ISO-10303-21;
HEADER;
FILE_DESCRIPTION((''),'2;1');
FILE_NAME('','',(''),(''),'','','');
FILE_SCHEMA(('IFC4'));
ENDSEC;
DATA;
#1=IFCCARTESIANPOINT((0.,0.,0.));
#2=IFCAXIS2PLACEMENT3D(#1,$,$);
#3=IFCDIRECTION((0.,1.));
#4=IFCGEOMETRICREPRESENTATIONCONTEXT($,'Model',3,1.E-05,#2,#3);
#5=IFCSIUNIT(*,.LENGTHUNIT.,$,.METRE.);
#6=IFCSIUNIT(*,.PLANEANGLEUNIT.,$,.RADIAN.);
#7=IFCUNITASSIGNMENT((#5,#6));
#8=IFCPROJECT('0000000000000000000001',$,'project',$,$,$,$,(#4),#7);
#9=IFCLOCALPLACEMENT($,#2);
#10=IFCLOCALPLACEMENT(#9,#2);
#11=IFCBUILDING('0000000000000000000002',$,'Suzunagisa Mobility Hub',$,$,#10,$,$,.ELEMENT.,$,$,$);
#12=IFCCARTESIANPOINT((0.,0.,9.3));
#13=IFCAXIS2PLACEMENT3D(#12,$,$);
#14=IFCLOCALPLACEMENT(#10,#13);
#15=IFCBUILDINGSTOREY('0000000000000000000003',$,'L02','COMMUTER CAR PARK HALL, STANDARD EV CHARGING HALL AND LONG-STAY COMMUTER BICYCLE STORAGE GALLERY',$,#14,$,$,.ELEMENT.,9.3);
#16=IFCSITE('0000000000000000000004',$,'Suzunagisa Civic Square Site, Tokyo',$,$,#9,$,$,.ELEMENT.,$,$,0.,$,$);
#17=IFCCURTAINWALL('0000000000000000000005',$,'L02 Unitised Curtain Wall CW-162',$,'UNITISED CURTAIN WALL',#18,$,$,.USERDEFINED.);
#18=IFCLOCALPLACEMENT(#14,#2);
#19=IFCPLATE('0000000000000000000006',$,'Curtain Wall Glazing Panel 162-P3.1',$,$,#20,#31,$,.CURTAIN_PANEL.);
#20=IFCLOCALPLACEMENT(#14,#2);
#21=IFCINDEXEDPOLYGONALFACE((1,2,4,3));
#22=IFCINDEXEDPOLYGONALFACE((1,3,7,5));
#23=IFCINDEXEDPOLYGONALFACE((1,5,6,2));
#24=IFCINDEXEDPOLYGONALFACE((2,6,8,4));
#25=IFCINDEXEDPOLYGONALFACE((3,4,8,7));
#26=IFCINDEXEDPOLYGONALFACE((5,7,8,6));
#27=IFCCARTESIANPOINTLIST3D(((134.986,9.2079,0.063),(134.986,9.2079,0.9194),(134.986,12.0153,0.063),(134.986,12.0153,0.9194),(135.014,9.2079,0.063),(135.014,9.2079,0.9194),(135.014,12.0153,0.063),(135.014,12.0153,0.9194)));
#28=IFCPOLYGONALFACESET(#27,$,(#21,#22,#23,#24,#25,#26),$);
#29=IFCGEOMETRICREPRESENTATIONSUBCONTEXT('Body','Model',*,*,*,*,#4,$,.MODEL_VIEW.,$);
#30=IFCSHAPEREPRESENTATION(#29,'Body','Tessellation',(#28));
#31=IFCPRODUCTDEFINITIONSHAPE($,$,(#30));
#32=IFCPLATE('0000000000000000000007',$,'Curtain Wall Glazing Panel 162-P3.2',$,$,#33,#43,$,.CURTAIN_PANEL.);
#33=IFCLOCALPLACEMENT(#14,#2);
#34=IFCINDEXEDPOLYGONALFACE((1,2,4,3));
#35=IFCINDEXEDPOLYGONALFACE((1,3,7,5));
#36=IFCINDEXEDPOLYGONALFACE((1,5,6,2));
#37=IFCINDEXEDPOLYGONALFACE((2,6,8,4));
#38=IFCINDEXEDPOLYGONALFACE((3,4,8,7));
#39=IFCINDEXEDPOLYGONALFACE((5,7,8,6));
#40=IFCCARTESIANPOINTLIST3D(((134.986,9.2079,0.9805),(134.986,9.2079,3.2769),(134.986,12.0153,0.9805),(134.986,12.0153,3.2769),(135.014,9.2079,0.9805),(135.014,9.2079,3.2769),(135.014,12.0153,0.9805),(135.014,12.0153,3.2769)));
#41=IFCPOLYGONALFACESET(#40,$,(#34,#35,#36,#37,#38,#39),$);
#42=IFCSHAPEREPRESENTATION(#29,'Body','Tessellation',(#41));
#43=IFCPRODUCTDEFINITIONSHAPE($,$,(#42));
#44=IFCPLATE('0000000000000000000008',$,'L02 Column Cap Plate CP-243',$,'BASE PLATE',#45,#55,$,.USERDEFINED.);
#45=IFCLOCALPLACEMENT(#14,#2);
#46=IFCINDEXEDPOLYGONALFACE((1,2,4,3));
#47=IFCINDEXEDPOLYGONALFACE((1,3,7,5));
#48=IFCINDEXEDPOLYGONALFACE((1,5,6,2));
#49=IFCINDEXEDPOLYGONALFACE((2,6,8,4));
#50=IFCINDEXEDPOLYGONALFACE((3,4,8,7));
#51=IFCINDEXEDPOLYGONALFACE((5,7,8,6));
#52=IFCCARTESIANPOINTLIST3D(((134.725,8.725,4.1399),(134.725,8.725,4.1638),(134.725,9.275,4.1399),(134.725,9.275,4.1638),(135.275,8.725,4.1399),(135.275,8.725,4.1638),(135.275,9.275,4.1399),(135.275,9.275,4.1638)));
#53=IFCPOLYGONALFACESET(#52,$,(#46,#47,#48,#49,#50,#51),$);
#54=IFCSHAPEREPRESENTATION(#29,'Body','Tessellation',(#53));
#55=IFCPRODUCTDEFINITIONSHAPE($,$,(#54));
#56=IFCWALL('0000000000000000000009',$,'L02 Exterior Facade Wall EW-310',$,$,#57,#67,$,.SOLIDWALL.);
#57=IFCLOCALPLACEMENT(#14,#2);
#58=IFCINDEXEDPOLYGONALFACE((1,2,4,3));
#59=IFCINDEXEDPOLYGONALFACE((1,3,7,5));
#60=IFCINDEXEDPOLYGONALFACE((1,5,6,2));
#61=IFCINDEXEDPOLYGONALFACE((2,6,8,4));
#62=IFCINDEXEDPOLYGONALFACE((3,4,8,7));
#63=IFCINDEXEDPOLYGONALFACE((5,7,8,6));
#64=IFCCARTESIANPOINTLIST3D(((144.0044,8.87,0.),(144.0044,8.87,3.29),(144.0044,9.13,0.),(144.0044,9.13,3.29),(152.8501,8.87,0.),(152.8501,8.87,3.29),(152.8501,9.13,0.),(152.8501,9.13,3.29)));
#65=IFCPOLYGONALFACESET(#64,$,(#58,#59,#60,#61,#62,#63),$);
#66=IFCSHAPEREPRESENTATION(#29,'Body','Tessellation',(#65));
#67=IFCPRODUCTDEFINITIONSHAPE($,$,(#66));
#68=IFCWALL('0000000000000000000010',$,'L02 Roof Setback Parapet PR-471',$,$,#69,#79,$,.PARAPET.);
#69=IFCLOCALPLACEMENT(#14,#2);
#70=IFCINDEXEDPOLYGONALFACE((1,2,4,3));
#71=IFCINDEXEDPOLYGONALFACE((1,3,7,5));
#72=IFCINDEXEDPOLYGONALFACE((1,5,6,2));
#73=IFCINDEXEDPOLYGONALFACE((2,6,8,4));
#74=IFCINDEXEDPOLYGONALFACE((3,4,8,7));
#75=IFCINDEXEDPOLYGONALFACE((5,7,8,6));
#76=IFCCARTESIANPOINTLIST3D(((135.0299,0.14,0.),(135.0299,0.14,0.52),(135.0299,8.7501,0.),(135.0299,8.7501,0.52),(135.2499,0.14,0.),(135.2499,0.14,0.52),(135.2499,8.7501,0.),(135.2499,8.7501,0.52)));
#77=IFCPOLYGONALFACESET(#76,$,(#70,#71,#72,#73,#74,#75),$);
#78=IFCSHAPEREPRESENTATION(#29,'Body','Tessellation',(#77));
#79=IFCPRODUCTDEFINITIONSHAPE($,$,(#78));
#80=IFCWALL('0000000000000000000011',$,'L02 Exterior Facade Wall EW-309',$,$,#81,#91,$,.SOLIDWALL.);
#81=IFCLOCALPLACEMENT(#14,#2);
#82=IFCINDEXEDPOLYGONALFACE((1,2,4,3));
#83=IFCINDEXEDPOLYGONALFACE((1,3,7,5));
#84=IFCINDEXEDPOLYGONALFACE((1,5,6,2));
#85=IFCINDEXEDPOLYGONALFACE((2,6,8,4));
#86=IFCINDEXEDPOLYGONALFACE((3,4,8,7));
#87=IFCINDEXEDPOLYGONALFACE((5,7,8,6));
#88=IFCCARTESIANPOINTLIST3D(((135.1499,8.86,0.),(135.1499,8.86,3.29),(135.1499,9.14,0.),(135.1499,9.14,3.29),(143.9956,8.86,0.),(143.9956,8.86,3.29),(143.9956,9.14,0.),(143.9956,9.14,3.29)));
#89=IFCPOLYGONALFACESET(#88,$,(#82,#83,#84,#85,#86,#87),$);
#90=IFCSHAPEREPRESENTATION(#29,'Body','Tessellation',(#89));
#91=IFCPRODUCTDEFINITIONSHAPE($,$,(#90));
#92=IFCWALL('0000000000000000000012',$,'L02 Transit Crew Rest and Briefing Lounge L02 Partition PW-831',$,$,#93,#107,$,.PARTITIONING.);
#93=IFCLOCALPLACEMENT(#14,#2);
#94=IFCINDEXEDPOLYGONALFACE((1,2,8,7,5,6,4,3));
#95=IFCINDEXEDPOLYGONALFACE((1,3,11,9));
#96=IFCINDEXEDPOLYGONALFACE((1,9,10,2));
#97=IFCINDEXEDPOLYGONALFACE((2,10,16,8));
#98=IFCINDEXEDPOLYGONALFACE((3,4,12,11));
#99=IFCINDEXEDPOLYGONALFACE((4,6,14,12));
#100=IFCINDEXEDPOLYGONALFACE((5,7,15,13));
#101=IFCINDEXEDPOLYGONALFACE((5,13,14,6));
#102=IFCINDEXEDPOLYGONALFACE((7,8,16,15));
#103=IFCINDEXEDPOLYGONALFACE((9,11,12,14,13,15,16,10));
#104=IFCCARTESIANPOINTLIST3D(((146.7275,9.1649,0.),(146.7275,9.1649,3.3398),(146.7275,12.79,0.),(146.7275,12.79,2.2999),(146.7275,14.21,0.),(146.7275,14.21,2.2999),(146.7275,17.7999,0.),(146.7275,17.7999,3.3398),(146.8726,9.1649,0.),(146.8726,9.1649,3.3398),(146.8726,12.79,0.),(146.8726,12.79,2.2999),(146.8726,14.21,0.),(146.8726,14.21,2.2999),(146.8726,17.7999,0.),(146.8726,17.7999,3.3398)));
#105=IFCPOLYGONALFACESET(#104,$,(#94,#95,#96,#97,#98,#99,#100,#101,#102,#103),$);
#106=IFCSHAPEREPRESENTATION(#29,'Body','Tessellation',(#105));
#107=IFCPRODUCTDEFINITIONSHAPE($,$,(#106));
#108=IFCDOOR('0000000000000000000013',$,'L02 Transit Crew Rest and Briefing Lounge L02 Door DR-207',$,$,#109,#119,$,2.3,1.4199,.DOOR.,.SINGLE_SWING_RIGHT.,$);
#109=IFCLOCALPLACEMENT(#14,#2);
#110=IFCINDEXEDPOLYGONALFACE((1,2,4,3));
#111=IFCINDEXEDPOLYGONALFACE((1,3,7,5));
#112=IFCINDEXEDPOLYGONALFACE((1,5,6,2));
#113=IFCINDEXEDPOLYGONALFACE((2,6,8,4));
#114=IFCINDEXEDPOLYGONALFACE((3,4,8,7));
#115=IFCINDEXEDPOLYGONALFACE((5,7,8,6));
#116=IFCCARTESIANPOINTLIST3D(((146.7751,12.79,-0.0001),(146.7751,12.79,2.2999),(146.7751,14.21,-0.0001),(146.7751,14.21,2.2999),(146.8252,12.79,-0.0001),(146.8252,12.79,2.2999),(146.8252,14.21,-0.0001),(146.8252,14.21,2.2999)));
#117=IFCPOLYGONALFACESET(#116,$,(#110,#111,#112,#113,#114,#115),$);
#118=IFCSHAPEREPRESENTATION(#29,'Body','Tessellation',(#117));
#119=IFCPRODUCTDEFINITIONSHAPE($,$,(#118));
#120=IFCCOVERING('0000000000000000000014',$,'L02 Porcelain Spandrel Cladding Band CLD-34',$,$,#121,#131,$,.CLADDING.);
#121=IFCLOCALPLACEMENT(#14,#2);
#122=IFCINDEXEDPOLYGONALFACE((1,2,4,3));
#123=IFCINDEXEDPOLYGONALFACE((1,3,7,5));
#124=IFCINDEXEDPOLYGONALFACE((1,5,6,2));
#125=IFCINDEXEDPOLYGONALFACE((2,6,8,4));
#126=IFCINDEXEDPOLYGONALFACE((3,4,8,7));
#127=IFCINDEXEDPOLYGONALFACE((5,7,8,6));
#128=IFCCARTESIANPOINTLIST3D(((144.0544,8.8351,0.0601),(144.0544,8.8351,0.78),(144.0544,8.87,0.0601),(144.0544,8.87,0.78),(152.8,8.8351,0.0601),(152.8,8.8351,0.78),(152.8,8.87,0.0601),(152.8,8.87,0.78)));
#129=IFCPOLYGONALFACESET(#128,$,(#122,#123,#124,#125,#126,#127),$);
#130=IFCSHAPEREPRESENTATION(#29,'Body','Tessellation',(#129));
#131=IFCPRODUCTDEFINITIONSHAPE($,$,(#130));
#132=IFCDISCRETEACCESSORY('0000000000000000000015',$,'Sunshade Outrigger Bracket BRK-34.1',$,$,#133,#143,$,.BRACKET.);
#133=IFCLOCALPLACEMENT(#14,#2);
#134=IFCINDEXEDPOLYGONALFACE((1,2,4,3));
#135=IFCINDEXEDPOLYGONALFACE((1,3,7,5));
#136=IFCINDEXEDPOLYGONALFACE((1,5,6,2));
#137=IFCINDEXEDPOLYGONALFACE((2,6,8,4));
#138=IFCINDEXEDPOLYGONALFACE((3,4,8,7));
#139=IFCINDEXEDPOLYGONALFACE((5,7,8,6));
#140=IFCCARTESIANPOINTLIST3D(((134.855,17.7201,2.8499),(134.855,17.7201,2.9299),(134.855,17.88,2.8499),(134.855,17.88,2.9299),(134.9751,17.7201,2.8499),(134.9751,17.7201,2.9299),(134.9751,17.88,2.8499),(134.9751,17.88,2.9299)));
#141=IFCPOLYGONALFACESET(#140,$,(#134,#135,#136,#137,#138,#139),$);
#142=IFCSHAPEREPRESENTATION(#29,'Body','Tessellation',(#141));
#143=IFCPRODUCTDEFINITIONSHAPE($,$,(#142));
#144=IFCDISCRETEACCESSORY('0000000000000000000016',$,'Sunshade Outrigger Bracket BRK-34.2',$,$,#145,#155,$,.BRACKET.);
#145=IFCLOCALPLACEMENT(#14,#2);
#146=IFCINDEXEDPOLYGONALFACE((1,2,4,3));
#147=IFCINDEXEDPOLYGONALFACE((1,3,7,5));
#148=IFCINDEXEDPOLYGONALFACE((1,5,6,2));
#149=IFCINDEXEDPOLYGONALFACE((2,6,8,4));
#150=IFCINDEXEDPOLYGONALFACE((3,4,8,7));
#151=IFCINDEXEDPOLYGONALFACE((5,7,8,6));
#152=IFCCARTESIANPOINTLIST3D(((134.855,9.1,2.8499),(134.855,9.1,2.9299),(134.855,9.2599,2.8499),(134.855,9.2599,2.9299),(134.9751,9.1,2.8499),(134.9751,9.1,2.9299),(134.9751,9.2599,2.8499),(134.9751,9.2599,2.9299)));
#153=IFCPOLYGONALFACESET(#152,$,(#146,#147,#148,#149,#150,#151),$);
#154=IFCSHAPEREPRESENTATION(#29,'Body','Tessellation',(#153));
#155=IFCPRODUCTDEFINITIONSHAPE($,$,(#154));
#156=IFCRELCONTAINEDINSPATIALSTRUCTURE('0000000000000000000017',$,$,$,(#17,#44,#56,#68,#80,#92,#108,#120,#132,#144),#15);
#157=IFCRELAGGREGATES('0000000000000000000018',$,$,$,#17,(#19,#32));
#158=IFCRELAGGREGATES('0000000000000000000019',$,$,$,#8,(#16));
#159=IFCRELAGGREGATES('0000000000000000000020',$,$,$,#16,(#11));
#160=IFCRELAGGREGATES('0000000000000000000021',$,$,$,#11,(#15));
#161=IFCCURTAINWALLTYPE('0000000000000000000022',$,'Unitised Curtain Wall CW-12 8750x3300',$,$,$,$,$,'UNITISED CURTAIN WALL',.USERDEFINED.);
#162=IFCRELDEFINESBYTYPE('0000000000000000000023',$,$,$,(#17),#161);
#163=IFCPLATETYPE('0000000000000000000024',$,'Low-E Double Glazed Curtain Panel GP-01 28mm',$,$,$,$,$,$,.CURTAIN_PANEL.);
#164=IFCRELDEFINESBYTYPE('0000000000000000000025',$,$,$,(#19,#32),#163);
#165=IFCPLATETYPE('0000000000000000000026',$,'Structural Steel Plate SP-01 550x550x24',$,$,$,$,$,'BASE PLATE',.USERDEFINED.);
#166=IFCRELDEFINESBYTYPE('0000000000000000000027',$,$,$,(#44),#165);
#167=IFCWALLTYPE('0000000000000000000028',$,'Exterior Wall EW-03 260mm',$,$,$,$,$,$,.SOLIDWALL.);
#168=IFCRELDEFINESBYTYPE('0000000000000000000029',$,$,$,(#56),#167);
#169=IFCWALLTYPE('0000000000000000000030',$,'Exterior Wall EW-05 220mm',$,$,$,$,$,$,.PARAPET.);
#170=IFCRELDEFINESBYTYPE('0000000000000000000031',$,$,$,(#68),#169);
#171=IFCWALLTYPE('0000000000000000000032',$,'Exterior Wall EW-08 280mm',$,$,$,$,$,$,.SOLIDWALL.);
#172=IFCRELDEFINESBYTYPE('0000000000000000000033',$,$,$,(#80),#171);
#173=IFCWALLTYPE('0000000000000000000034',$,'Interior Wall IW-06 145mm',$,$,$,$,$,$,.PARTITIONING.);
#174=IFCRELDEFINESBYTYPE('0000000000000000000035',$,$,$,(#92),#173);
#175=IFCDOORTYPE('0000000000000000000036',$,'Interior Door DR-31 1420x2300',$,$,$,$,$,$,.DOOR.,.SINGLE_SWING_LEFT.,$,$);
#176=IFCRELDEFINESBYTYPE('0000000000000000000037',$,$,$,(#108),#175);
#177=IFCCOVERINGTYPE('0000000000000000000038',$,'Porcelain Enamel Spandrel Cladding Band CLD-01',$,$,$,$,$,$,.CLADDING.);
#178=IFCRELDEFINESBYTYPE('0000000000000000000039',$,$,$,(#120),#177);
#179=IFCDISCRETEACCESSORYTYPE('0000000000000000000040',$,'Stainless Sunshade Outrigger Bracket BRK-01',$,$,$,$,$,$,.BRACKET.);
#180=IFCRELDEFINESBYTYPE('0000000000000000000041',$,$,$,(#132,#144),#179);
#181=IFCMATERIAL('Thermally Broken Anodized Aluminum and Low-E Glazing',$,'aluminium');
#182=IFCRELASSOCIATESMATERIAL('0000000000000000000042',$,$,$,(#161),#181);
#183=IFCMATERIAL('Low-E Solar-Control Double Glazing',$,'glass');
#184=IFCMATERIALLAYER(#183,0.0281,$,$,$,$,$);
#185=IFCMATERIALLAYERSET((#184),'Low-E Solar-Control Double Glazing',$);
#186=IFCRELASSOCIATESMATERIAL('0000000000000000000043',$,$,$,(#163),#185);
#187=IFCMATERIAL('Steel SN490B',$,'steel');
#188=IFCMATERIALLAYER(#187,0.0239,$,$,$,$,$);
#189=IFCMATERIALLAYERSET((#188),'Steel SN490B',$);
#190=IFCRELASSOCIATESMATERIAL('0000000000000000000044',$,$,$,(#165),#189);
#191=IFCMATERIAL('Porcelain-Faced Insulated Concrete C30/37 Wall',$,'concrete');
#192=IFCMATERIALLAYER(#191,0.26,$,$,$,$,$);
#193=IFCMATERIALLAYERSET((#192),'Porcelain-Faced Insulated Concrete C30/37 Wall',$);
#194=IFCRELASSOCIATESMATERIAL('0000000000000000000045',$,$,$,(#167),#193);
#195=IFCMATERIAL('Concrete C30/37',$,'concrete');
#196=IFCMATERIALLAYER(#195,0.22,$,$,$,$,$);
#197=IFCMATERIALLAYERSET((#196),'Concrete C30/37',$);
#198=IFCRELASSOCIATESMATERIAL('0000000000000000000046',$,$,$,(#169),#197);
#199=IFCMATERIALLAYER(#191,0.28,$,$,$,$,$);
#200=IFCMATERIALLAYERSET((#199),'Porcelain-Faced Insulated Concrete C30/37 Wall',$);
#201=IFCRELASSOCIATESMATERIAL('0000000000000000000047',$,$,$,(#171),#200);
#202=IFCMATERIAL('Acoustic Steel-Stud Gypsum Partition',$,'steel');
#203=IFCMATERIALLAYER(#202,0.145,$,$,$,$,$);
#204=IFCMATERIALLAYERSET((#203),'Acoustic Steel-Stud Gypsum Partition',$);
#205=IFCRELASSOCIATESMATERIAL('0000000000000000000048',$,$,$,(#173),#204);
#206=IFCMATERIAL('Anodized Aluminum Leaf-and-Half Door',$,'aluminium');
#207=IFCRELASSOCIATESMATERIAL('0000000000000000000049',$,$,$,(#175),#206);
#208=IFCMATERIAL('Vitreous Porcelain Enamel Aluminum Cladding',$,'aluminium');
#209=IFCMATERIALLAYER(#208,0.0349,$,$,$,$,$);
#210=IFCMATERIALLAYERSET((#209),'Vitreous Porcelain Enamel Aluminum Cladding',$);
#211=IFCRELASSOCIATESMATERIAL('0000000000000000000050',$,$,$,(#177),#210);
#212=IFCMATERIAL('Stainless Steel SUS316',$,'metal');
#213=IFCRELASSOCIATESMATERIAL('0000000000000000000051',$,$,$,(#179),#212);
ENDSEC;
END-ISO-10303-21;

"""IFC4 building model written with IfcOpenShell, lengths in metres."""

from ifc_helpers import new_model, si_unit, direction, frame, frame_2d, origin, origin_2d, place, context, subcontext, project, spatial, rectangle, extrude, material, layer, layer_set, type_object, element, fill, aggregate, save


model = new_model("IFC4")

# Units and contexts
model_context = context("Model", 3, precision=1e-05, world=origin(), true_north=direction((0.0, 1.0)))
body_context = subcontext(model_context, "Body", "Model", "MODEL_VIEW")
ifc_project = project(units=[si_unit("LENGTHUNIT", "METRE"), si_unit("PLANEANGLEUNIT", "RADIAN")], contexts=[model_context])

# Site, building, storey
site_placement = place(None, origin())
site = spatial("IfcSite", under=ifc_project, at=site_placement, Name="Suzunagisa Civic Square Site, Tokyo", CompositionType="ELEMENT", RefElevation=0.0)
building_placement = place(site_placement, origin())
building = spatial("IfcBuilding", under=site, at=building_placement, Name="Suzunagisa Mobility Hub", CompositionType="ELEMENT")
storey_placement = place(building_placement, frame((0.0, 0.0, 9.3)))
storey = spatial("IfcBuildingStorey", under=building, at=storey_placement, Name="L02", Description="COMMUTER CAR PARK HALL, STANDARD EV CHARGING HALL AND LONG-STAY COMMUTER BICYCLE STORAGE GALLERY", CompositionType="ELEMENT", Elevation=9.3)

# Shared definitions
ifc_material_1 = material(Name="Steel SN490B", Category="steel")

# Curtain wall
ifc_material_2 = material(Name="Thermally Broken Anodized Aluminum and Low-E Glazing", Category="aluminium")
curtain_wall_type = type_object("IfcCurtainWallType", Name="Unitised Curtain Wall CW-12 8750x3300", ElementType="UNITISED CURTAIN WALL", PredefinedType="USERDEFINED", material=ifc_material_2)
curtain_wall_placement = place(storey_placement, origin())
curtain_wall = element("IfcCurtainWall", 1, at=curtain_wall_placement, inside=storey, type_object=curtain_wall_type, Name="L02 Unitised Curtain Wall CW-162", ObjectType="UNITISED CURTAIN WALL", PredefinedType="USERDEFINED")

# Plates
ifc_material_3 = material(Name="Low-E Solar-Control Double Glazing", Category="glass")
ifc_layer_1 = layer(ifc_material_3, 0.0281)
ifc_layer_set_1 = layer_set([ifc_layer_1], Name="Low-E Solar-Control Double Glazing")
plate_type_1 = type_object("IfcPlateType", Name="Low-E Double Glazed Curtain Panel GP-01 28mm", PredefinedType="CURTAIN_PANEL", material=ifc_layer_set_1)
plate_1_placement = place(storey_placement, frame((135.0, 10.6116, 0.063), z_axis=(0.0, 0.0, 1.0), x_axis=(0.0, -1.0, 0.0)))
plate_1 = element("IfcPlate", 2, at=plate_1_placement, type_object=plate_type_1, Name="Curtain Wall Glazing Panel 162-P3.1", PredefinedType="CURTAIN_PANEL", context=body_context, shape_type="SweptSolid", body=[
    extrude(rectangle(XDim=2.8074, YDim=0.0281, at=origin_2d()), origin(), (0.0, 0.0, 1.0), 0.8564),
])
plate_2_placement = place(storey_placement, frame((135.0, 10.6116, 0.9805), z_axis=(0.0, 0.0, 1.0), x_axis=(0.0, -1.0, 0.0)))
plate_2 = element("IfcPlate", 3, at=plate_2_placement, type_object=plate_type_1, Name="Curtain Wall Glazing Panel 162-P3.2", PredefinedType="CURTAIN_PANEL", context=body_context, shape_type="SweptSolid", body=[
    extrude(rectangle(XDim=2.8074, YDim=0.0281, at=origin_2d()), origin(), (0.0, 0.0, 1.0), 2.2964),
])
aggregate(curtain_wall, [plate_1, plate_2])
ifc_layer_2 = layer(ifc_material_1, 0.0239)
ifc_layer_set_2 = layer_set([ifc_layer_2], Name="Steel SN490B")
plate_type_2 = type_object("IfcPlateType", Name="Structural Steel Plate SP-01 550x550x24", ElementType="BASE PLATE", PredefinedType="USERDEFINED", material=ifc_layer_set_2)
plate_3_placement = place(storey_placement, frame((135.0, 9.0, 4.1399), z_axis=(0.0, 0.0, 1.0), x_axis=(1.0, 0.0, 0.0)))
element("IfcPlate", 4, at=plate_3_placement, inside=storey, type_object=plate_type_2, Name="L02 Column Cap Plate CP-243", ObjectType="BASE PLATE", PredefinedType="USERDEFINED", context=body_context, shape_type="SweptSolid", body=[
    extrude(rectangle(XDim=0.55, YDim=0.55, at=origin_2d()), origin(), (0.0, 0.0, 1.0), 0.0239),
])

# Walls
ifc_material_4 = material(Name="Porcelain-Faced Insulated Concrete C30/37 Wall", Category="concrete")
ifc_layer_3 = layer(ifc_material_4, 0.26)
ifc_layer_set_3 = layer_set([ifc_layer_3], Name="Porcelain-Faced Insulated Concrete C30/37 Wall")
wall_type_1 = type_object("IfcWallType", Name="Exterior Wall EW-03 260mm", PredefinedType="SOLIDWALL", material=ifc_layer_set_3)
wall_1_placement = place(storey_placement, frame((144.0044, 9.0, 0.0), z_axis=(0.0, 0.0, 1.0), x_axis=(1.0, 0.0, 0.0)))
element("IfcWall", 5, at=wall_1_placement, inside=storey, type_object=wall_type_1, Name="L02 Exterior Facade Wall EW-310", PredefinedType="SOLIDWALL", context=body_context, shape_type="SweptSolid", body=[
    extrude(rectangle(XDim=8.8457, YDim=0.26, at=frame_2d((4.4229, 0.0))), origin(), (0.0, 0.0, 1.0), 3.29),
])
ifc_material_5 = material(Name="Concrete C30/37", Category="concrete")
ifc_layer_4 = layer(ifc_material_5, 0.22)
ifc_layer_set_4 = layer_set([ifc_layer_4], Name="Concrete C30/37")
wall_type_2 = type_object("IfcWallType", Name="Exterior Wall EW-05 220mm", PredefinedType="PARAPET", material=ifc_layer_set_4)
wall_2_placement = place(storey_placement, frame((135.1399, 0.1399, 0.0), z_axis=(0.0, 0.0, 1.0), x_axis=(0.0, 1.0, 0.0)))
element("IfcWall", 6, at=wall_2_placement, inside=storey, type_object=wall_type_2, Name="L02 Roof Setback Parapet PR-471", PredefinedType="PARAPET", context=body_context, shape_type="SweptSolid", body=[
    extrude(rectangle(XDim=8.6101, YDim=0.22, at=frame_2d((4.3052, 0.0))), origin(), (0.0, 0.0, 1.0), 0.52),
])
ifc_layer_5 = layer(ifc_material_4, 0.28)
ifc_layer_set_5 = layer_set([ifc_layer_5], Name="Porcelain-Faced Insulated Concrete C30/37 Wall")
wall_type_3 = type_object("IfcWallType", Name="Exterior Wall EW-08 280mm", PredefinedType="SOLIDWALL", material=ifc_layer_set_5)
wall_3_placement = place(storey_placement, frame((135.1499, 9.0, 0.0), z_axis=(0.0, 0.0, 1.0), x_axis=(1.0, 0.0, 0.0)))
element("IfcWall", 7, at=wall_3_placement, inside=storey, type_object=wall_type_3, Name="L02 Exterior Facade Wall EW-309", PredefinedType="SOLIDWALL", context=body_context, shape_type="SweptSolid", body=[
    extrude(rectangle(XDim=8.8457, YDim=0.28, at=frame_2d((4.4229, 0.0))), origin(), (0.0, 0.0, 1.0), 3.29),
])

# Wall, opening, door
ifc_material_6 = material(Name="Acoustic Steel-Stud Gypsum Partition", Category="steel")
ifc_layer_6 = layer(ifc_material_6, 0.145)
ifc_layer_set_6 = layer_set([ifc_layer_6], Name="Acoustic Steel-Stud Gypsum Partition")
wall_type_4 = type_object("IfcWallType", Name="Interior Wall IW-06 145mm", PredefinedType="PARTITIONING", material=ifc_layer_set_6)
wall_4_placement = place(storey_placement, frame((146.8, 9.165, 0.0), z_axis=(0.0, 0.0, 1.0), x_axis=(0.0, 1.0, 0.0)))
wall_4 = element("IfcWall", 8, at=wall_4_placement, inside=storey, type_object=wall_type_4, Name="L02 Transit Crew Rest and Briefing Lounge L02 Partition PW-831", PredefinedType="PARTITIONING", context=body_context, shape_type="SweptSolid", body=[
    extrude(rectangle(XDim=8.635, YDim=0.145, at=frame_2d((4.3174, 0.0))), origin(), (0.0, 0.0, 1.0), 3.3398),
])
opening_placement = place(wall_4_placement, frame((3.625, 0.0, 0.0)))
opening = element("IfcOpeningElement", 9, at=opening_placement, cuts=wall_4, PredefinedType="OPENING", context=body_context, shape_type="SweptSolid", body=[
    extrude(rectangle(XDim=1.4199, YDim=2.3, at=frame_2d((0.71, 1.1499))), frame((0.0, 0.0835, 0.0), z_axis=(0.0, -1.0, 0.0), x_axis=(1.0, 0.0, 0.0)), (0.0, 0.0, 1.0), 0.167),
])
ifc_material_7 = material(Name="Anodized Aluminum Leaf-and-Half Door", Category="aluminium")
door_type = type_object("IfcDoorType", Name="Interior Door DR-31 1420x2300", OperationType="SINGLE_SWING_LEFT", PredefinedType="DOOR", material=ifc_material_7)
door_placement = place(opening_placement, origin())
door = element("IfcDoor", 10, at=door_placement, inside=storey, type_object=door_type, Name="L02 Transit Crew Rest and Briefing Lounge L02 Door DR-207", OperationType="SINGLE_SWING_RIGHT", OverallHeight=2.3, OverallWidth=1.4199, PredefinedType="DOOR", context=body_context, shape_type="SweptSolid", body=[
    extrude(rectangle(XDim=1.4199, YDim=2.3, at=frame_2d((0.71, 1.1499))), frame((0.0, 0.0249, 0.0), z_axis=(0.0, -1.0, 0.0), x_axis=(1.0, 0.0, 0.0)), (0.0, 0.0, 1.0), 0.05),
])
fill(opening, door)

# Covering
ifc_material_8 = material(Name="Vitreous Porcelain Enamel Aluminum Cladding", Category="aluminium")
ifc_layer_7 = layer(ifc_material_8, 0.0349)
ifc_layer_set_7 = layer_set([ifc_layer_7], Name="Vitreous Porcelain Enamel Aluminum Cladding")
covering_type = type_object("IfcCoveringType", Name="Porcelain Enamel Spandrel Cladding Band CLD-01", PredefinedType="CLADDING", material=ifc_layer_set_7)
covering_placement = place(storey_placement, frame((148.4272, 8.8525, 0.0601), z_axis=(0.0, 0.0, 1.0), x_axis=(1.0, 0.0, 0.0)))
element("IfcCovering", 11, at=covering_placement, inside=storey, type_object=covering_type, Name="L02 Porcelain Spandrel Cladding Band CLD-34", PredefinedType="CLADDING", context=body_context, shape_type="SweptSolid", body=[
    extrude(rectangle(XDim=8.7456, YDim=0.0349, at=origin_2d()), origin(), (0.0, 0.0, 1.0), 0.72),
])

# Discrete accessories
ifc_material_9 = material(Name="Stainless Steel SUS316", Category="metal")
discrete_accessory_type = type_object("IfcDiscreteAccessoryType", Name="Stainless Sunshade Outrigger Bracket BRK-01", PredefinedType="BRACKET", material=ifc_material_9)
for number, where, z_axis, x_axis, name in (
    (12, (134.915, 17.8, 2.8499), (0.0, 0.0, 1.0), (0.0, -1.0, 0.0), "Sunshade Outrigger Bracket BRK-34.1"),
    (13, (134.915, 9.1799, 2.8499), (0.0, 0.0, 1.0), (0.0, -1.0, 0.0), "Sunshade Outrigger Bracket BRK-34.2"),
):
    element("IfcDiscreteAccessory", number, at=place(storey_placement, frame(where, z_axis=z_axis, x_axis=x_axis)), inside=storey, type_object=discrete_accessory_type, Name=name, PredefinedType="BRACKET", context=body_context, shape_type="SweptSolid", body=[
        extrude(rectangle(XDim=0.1599, YDim=0.1201, at=origin_2d()), origin(), (0.0, 0.0, 1.0), 0.0801),
    ])

save(model, "model.ifc")
